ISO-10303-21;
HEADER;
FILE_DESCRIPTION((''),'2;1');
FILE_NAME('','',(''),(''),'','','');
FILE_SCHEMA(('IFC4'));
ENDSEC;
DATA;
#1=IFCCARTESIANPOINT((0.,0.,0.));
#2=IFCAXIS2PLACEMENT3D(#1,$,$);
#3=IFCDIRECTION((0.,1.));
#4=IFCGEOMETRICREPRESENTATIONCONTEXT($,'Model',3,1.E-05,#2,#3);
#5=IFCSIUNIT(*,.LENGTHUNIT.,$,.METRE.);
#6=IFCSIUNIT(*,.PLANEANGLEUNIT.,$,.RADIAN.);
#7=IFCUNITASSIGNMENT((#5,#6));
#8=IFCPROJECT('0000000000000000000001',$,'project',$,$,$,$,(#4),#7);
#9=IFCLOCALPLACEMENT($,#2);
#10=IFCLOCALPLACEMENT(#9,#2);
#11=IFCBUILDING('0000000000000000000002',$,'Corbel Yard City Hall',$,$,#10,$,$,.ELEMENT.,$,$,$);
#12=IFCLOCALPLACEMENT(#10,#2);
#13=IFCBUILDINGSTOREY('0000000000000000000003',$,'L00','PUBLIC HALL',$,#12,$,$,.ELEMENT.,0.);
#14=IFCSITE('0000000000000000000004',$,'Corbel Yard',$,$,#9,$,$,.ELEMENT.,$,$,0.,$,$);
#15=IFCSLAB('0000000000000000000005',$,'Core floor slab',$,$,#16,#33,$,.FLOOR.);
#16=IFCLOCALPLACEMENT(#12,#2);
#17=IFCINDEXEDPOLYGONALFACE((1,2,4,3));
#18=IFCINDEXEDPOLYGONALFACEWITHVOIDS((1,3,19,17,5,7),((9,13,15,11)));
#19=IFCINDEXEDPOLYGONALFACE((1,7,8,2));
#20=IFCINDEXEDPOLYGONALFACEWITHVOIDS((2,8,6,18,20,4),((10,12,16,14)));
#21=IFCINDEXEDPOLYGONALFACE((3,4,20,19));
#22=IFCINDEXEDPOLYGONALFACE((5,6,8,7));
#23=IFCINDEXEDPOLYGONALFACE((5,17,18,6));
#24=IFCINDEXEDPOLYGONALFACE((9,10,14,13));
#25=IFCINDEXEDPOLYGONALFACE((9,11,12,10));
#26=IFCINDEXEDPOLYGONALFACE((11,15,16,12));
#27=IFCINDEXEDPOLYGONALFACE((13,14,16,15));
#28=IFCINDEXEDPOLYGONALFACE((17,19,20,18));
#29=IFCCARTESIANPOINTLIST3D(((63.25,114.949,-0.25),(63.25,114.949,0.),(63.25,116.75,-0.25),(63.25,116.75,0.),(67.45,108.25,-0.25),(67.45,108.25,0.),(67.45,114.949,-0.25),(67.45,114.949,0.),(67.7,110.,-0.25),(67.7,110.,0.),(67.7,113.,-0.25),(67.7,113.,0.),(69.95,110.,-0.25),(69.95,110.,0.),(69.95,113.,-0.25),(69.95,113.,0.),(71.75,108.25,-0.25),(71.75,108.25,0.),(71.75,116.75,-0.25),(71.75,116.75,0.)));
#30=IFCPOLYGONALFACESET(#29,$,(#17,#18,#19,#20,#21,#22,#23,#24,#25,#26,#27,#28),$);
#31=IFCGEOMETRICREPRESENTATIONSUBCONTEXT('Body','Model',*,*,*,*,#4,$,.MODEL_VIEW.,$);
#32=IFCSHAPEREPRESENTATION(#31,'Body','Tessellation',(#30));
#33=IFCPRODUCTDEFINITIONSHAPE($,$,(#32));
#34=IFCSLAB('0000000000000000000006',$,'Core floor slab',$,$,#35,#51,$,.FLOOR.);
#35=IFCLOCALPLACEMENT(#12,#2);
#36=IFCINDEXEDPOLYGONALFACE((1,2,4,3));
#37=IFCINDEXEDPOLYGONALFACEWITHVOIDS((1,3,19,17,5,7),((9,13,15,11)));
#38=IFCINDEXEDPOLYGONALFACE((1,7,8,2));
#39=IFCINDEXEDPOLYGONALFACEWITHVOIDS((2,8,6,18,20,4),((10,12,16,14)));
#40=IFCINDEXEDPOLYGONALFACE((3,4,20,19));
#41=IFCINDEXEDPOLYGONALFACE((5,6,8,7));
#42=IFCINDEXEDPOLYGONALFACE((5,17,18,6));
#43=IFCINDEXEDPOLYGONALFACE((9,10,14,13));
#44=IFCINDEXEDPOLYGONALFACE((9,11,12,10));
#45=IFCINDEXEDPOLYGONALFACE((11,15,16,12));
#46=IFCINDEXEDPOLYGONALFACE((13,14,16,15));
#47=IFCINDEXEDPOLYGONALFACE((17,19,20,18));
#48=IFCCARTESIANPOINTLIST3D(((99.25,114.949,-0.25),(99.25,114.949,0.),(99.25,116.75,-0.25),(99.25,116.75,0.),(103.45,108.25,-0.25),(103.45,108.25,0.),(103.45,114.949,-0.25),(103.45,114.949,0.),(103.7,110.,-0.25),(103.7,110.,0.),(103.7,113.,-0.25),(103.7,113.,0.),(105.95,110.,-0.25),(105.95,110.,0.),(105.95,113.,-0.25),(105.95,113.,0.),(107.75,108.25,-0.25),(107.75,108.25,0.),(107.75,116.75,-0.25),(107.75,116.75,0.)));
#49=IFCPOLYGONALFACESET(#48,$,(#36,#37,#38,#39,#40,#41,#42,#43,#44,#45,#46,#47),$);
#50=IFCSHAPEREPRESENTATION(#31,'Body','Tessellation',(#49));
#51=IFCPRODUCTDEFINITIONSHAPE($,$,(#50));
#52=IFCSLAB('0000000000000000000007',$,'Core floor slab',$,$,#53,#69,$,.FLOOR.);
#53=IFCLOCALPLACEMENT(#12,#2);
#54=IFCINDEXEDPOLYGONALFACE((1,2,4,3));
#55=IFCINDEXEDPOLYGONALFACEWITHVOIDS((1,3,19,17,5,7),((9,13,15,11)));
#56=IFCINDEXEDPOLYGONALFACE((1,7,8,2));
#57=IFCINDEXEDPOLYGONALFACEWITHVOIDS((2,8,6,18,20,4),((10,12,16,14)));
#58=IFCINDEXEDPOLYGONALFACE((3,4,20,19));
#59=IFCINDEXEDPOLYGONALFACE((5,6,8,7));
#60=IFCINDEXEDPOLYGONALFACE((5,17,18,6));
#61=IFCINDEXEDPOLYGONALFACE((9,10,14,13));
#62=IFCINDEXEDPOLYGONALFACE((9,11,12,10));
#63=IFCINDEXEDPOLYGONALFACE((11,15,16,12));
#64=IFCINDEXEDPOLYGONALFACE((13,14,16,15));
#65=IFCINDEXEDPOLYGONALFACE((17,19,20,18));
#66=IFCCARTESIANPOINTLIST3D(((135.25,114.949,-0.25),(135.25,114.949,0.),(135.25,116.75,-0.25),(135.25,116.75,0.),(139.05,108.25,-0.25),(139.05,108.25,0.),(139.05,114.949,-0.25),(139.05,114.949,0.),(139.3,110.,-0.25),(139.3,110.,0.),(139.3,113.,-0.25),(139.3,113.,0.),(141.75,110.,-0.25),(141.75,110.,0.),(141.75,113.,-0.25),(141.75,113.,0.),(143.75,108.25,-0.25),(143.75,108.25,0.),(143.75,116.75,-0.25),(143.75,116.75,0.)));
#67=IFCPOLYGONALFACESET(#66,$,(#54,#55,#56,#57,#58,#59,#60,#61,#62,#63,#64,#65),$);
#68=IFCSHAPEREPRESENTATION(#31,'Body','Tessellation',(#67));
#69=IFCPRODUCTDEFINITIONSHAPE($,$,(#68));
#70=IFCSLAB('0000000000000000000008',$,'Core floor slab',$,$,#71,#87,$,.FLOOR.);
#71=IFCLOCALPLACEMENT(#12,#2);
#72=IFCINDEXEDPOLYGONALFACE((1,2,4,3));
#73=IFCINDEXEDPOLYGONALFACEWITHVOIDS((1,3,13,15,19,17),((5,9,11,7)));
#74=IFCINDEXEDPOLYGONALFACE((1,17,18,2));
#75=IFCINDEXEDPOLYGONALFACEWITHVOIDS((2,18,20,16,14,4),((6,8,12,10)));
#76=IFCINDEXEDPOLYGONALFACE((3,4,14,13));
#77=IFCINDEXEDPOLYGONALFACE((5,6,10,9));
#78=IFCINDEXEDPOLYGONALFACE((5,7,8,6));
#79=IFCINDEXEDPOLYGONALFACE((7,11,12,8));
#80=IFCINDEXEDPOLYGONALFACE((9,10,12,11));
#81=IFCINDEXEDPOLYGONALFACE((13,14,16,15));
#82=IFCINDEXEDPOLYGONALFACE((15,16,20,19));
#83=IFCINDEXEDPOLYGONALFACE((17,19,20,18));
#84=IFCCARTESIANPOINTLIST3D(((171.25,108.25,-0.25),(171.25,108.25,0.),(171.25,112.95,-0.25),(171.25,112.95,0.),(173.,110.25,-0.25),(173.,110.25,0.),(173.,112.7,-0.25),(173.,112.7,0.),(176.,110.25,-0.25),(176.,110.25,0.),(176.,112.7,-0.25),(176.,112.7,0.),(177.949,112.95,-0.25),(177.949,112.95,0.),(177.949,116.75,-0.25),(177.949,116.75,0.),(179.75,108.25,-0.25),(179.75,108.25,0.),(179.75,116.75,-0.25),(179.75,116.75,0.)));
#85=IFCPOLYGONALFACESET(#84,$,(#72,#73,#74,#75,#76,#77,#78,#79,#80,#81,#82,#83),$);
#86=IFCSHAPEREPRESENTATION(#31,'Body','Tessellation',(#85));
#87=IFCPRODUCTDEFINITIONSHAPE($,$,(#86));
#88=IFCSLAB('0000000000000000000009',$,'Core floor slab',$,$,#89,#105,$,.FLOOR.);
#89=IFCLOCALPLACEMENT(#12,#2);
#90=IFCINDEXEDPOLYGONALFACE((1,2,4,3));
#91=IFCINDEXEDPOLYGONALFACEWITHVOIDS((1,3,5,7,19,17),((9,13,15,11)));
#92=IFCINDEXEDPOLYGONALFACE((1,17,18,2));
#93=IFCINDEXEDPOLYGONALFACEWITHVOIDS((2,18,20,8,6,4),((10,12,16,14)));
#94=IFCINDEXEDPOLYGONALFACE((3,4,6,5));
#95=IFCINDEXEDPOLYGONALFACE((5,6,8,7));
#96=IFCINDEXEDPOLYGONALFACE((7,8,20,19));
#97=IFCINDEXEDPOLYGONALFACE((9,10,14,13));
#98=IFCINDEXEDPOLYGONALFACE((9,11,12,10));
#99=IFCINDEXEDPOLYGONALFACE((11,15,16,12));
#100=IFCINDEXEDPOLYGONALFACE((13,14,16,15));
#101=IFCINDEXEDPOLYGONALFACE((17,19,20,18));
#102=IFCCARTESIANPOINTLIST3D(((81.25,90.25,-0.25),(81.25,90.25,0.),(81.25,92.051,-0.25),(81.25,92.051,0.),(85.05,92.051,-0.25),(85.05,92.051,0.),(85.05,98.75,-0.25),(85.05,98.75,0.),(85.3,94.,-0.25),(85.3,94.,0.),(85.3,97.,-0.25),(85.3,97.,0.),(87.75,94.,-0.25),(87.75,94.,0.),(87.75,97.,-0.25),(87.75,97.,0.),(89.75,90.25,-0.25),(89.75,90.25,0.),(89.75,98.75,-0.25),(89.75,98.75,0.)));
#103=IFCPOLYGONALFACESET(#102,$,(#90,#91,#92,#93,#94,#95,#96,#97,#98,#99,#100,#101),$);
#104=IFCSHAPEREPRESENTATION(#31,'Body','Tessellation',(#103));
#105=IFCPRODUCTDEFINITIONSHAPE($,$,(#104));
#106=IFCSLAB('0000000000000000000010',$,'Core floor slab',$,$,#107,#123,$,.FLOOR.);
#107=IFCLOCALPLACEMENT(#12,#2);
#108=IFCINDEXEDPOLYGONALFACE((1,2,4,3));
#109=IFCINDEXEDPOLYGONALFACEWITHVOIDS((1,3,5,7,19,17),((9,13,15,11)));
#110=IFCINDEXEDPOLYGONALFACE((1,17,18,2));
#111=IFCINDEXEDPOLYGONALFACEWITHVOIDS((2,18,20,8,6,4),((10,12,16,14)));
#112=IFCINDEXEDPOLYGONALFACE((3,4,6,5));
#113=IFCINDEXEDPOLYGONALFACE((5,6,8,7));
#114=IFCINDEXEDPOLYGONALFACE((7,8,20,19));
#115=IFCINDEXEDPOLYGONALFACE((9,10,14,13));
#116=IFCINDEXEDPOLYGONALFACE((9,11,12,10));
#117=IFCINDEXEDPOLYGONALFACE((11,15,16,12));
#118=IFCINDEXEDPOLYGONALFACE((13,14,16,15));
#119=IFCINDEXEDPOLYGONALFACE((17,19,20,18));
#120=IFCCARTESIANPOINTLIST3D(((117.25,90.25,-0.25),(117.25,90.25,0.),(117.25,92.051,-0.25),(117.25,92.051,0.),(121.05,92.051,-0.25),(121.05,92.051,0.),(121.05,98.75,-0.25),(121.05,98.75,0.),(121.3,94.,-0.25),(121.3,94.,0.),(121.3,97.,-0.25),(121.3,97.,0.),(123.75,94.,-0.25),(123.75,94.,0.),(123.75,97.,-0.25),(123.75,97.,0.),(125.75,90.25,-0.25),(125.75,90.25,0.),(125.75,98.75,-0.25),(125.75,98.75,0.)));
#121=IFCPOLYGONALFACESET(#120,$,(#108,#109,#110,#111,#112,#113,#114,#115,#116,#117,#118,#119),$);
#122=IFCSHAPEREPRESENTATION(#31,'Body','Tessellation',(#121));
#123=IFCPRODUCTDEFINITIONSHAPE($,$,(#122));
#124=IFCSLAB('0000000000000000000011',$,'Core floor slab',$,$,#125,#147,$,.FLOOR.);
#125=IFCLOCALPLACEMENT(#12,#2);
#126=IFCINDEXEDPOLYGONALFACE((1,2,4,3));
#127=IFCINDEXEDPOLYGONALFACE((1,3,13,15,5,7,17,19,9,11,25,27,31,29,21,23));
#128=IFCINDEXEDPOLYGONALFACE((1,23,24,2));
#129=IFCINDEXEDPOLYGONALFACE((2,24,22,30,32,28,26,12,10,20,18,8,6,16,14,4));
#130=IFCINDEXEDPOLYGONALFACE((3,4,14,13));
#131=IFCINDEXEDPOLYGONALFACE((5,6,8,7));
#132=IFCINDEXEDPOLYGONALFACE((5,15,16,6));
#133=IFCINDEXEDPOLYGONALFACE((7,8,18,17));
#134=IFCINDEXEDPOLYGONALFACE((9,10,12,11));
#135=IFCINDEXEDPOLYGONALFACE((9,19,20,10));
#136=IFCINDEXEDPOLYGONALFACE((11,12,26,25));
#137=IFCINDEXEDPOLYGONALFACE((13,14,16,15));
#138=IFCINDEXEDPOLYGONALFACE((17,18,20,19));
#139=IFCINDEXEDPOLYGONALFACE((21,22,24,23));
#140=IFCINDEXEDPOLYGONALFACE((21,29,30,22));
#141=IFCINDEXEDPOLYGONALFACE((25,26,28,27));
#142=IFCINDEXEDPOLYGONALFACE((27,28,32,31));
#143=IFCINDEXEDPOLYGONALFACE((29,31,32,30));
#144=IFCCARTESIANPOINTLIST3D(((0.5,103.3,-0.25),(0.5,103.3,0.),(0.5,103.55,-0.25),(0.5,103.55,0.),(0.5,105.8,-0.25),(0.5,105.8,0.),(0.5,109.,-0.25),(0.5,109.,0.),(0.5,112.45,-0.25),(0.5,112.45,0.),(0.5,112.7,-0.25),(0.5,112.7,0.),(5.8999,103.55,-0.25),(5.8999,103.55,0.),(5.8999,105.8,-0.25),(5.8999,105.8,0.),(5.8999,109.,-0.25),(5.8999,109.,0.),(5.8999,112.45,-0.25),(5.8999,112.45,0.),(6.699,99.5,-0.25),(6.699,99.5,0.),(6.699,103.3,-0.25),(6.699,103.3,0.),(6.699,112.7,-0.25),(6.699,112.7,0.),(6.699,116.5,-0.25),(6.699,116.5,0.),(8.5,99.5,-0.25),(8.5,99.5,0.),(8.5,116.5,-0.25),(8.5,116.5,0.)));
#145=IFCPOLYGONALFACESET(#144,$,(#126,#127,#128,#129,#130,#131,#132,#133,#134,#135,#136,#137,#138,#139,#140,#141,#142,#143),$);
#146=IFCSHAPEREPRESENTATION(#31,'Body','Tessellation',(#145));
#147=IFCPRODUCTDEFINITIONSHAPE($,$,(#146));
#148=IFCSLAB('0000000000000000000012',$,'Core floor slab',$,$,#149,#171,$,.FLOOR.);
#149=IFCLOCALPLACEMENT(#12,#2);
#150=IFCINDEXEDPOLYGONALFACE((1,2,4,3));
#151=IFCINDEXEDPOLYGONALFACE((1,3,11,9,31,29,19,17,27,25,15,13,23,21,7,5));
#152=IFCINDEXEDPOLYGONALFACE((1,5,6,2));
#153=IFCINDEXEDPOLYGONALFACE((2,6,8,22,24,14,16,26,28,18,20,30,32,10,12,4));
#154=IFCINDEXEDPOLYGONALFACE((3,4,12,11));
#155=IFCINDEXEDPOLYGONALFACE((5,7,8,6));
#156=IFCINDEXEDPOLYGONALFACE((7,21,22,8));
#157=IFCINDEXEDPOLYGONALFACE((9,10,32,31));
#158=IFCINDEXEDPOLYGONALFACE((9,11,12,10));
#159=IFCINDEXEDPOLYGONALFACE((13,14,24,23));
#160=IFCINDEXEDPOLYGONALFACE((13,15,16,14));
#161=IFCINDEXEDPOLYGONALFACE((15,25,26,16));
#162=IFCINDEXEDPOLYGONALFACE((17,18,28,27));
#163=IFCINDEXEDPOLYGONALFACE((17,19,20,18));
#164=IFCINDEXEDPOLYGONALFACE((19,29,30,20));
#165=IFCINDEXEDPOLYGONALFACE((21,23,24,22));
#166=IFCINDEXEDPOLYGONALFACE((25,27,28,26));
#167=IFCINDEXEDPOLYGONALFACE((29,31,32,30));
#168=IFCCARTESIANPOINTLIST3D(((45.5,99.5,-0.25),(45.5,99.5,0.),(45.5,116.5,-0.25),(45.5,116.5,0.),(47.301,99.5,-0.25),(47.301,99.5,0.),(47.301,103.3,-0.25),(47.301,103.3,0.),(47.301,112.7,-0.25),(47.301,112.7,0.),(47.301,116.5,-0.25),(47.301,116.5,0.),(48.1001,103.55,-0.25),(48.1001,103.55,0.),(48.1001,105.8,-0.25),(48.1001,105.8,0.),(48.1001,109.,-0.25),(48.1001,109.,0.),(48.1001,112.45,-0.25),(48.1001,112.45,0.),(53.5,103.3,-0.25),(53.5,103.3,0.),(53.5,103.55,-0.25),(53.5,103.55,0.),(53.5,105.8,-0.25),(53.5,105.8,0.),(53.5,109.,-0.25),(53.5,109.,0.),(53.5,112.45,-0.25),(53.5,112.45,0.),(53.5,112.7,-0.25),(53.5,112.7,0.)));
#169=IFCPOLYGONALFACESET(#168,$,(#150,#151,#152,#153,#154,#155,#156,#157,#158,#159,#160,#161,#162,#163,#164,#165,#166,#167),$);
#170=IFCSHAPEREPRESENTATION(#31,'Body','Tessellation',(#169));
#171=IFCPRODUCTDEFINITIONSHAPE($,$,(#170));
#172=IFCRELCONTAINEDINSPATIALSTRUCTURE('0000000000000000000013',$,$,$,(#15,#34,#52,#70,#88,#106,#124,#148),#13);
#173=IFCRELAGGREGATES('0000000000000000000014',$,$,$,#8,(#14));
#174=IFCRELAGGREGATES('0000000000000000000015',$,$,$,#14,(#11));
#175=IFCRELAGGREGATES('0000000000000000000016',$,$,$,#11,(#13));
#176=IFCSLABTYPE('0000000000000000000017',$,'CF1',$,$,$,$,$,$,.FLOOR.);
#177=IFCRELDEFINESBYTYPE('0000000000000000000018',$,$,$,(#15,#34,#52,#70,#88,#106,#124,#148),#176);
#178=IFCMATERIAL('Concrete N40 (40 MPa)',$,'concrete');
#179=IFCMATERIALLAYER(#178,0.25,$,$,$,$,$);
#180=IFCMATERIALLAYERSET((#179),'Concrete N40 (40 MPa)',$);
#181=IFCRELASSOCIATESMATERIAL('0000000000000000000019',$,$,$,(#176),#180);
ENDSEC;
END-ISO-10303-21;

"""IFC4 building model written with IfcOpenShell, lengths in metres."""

from ifc_helpers import new_model, si_unit, direction, frame, origin, place, context, subcontext, project, spatial, polyline, outline, extrude, material, layer, layer_set, type_object, element, save


model = new_model("IFC4")

# Units and contexts
model_context = context("Model", 3, precision=1e-05, world=origin(), true_north=direction((0.0, 1.0)))
body_context = subcontext(model_context, "Body", "Model", "MODEL_VIEW")
ifc_project = project(units=[si_unit("LENGTHUNIT", "METRE"), si_unit("PLANEANGLEUNIT", "RADIAN")], contexts=[model_context])

# Site, building, storey
site_placement = place(None, origin())
site = spatial("IfcSite", under=ifc_project, at=site_placement, Name="Corbel Yard", CompositionType="ELEMENT", RefElevation=0.0)
building_placement = place(site_placement, origin())
building = spatial("IfcBuilding", under=site, at=building_placement, Name="Corbel Yard City Hall", CompositionType="ELEMENT")
storey_placement = place(building_placement, origin())
storey = spatial("IfcBuildingStorey", under=building, at=storey_placement, Name="L00", Description="PUBLIC HALL", CompositionType="ELEMENT", Elevation=0.0)

# Slabs
ifc_material = material(Name="Concrete N40 (40 MPa)", Category="concrete")
ifc_layer_1 = layer(ifc_material, 0.25)
ifc_layer_set_1 = layer_set([ifc_layer_1], Name="Concrete N40 (40 MPa)")
slab_type_1 = type_object("IfcSlabType", Name="CF1", PredefinedType="FLOOR", material=ifc_layer_set_1)
slab_1_placement = place(storey_placement, frame((0.0, 0.0, -0.25)))
element("IfcSlab", 1, at=slab_1_placement, inside=storey, type_object=slab_type_1, Name="Core floor slab", PredefinedType="FLOOR", context=body_context, shape_type="SweptSolid", body=[
    extrude(outline(polyline([(63.25, 116.75), (63.25, 114.949), (67.45, 114.949), (67.45, 108.25), (71.75, 108.25), (71.75, 116.75), (63.25, 116.75)]), holes=[polyline([(69.95, 110.0), (69.95, 113.0), (67.7, 113.0), (67.7, 110.0), (69.95, 110.0)])]), origin(), (0.0, 0.0, 1.0), 0.25),
])
slab_2_placement = place(storey_placement, frame((0.0, 0.0, -0.25)))
element("IfcSlab", 2, at=slab_2_placement, inside=storey, type_object=slab_type_1, Name="Core floor slab", PredefinedType="FLOOR", context=body_context, shape_type="SweptSolid", body=[
    extrude(outline(polyline([(99.25, 116.75), (99.25, 114.949), (103.45, 114.949), (103.45, 108.25), (107.75, 108.25), (107.75, 116.75), (99.25, 116.75)]), holes=[polyline([(105.95, 110.0), (105.95, 113.0), (103.7, 113.0), (103.7, 110.0), (105.95, 110.0)])]), origin(), (0.0, 0.0, 1.0), 0.25),
])
slab_3_placement = place(storey_placement, frame((0.0, 0.0, -0.25)))
element("IfcSlab", 3, at=slab_3_placement, inside=storey, type_object=slab_type_1, Name="Core floor slab", PredefinedType="FLOOR", context=body_context, shape_type="SweptSolid", body=[
    extrude(outline(polyline([(135.25, 116.75), (135.25, 114.949), (139.05, 114.949), (139.05, 108.25), (143.75, 108.25), (143.75, 116.75), (135.25, 116.75)]), holes=[polyline([(141.75, 110.0), (141.75, 113.0), (139.3, 113.0), (139.3, 110.0), (141.75, 110.0)])]), origin(), (0.0, 0.0, 1.0), 0.25),
])
slab_4_placement = place(storey_placement, frame((0.0, 0.0, -0.25)))
element("IfcSlab", 4, at=slab_4_placement, inside=storey, type_object=slab_type_1, Name="Core floor slab", PredefinedType="FLOOR", context=body_context, shape_type="SweptSolid", body=[
    extrude(outline(polyline([(179.75, 116.75), (177.949, 116.75), (177.949, 112.95), (171.25, 112.95), (171.25, 108.25), (179.75, 108.25), (179.75, 116.75)]), holes=[polyline([(176.0, 110.25), (176.0, 112.7), (173.0, 112.7), (173.0, 110.25), (176.0, 110.25)])]), origin(), (0.0, 0.0, 1.0), 0.25),
])
slab_5_placement = place(storey_placement, frame((0.0, 0.0, -0.25)))
element("IfcSlab", 5, at=slab_5_placement, inside=storey, type_object=slab_type_1, Name="Core floor slab", PredefinedType="FLOOR", context=body_context, shape_type="SweptSolid", body=[
    extrude(outline(polyline([(89.75, 98.75), (85.05, 98.75), (85.05, 92.051), (81.25, 92.051), (81.25, 90.25), (89.75, 90.25), (89.75, 98.75)]), holes=[polyline([(87.75, 94.0), (87.75, 97.0), (85.3, 97.0), (85.3, 94.0), (87.75, 94.0)])]), origin(), (0.0, 0.0, 1.0), 0.25),
])
slab_6_placement = place(storey_placement, frame((0.0, 0.0, -0.25)))
element("IfcSlab", 6, at=slab_6_placement, inside=storey, type_object=slab_type_1, Name="Core floor slab", PredefinedType="FLOOR", context=body_context, shape_type="SweptSolid", body=[
    extrude(outline(polyline([(125.75, 98.75), (121.05, 98.75), (121.05, 92.051), (117.25, 92.051), (117.25, 90.25), (125.75, 90.25), (125.75, 98.75)]), holes=[polyline([(123.75, 94.0), (123.75, 97.0), (121.3, 97.0), (121.3, 94.0), (123.75, 94.0)])]), origin(), (0.0, 0.0, 1.0), 0.25),
])
slab_7_placement = place(storey_placement, frame((0.0, 0.0, -0.25)))
element("IfcSlab", 7, at=slab_7_placement, inside=storey, type_object=slab_type_1, Name="Core floor slab", PredefinedType="FLOOR", context=body_context, shape_type="SweptSolid", body=[
    extrude(outline(polyline([(8.5, 116.5), (6.699, 116.5), (6.699, 112.7), (0.5, 112.7), (0.5, 112.45), (5.8999, 112.45), (5.8999, 109.0), (0.5, 109.0), (0.5, 105.8), (5.8999, 105.8), (5.8999, 103.55), (0.5, 103.55), (0.5, 103.3), (6.699, 103.3), (6.699, 99.5), (8.5, 99.5), (8.5, 116.5)])), origin(), (0.0, 0.0, 1.0), 0.25),
])
slab_8_placement = place(storey_placement, frame((0.0, 0.0, -0.25)))
element("IfcSlab", 8, at=slab_8_placement, inside=storey, type_object=slab_type_1, Name="Core floor slab", PredefinedType="FLOOR", context=body_context, shape_type="SweptSolid", body=[
    extrude(outline(polyline([(53.5, 103.3), (53.5, 103.55), (48.1001, 103.55), (48.1001, 105.8), (53.5, 105.8), (53.5, 109.0), (48.1001, 109.0), (48.1001, 112.45), (53.5, 112.45), (53.5, 112.7), (47.301, 112.7), (47.301, 116.5), (45.5, 116.5), (45.5, 99.5), (47.301, 99.5), (47.301, 103.3), (53.5, 103.3)])), origin(), (0.0, 0.0, 1.0), 0.25),
])

save(model, "model.ifc")
